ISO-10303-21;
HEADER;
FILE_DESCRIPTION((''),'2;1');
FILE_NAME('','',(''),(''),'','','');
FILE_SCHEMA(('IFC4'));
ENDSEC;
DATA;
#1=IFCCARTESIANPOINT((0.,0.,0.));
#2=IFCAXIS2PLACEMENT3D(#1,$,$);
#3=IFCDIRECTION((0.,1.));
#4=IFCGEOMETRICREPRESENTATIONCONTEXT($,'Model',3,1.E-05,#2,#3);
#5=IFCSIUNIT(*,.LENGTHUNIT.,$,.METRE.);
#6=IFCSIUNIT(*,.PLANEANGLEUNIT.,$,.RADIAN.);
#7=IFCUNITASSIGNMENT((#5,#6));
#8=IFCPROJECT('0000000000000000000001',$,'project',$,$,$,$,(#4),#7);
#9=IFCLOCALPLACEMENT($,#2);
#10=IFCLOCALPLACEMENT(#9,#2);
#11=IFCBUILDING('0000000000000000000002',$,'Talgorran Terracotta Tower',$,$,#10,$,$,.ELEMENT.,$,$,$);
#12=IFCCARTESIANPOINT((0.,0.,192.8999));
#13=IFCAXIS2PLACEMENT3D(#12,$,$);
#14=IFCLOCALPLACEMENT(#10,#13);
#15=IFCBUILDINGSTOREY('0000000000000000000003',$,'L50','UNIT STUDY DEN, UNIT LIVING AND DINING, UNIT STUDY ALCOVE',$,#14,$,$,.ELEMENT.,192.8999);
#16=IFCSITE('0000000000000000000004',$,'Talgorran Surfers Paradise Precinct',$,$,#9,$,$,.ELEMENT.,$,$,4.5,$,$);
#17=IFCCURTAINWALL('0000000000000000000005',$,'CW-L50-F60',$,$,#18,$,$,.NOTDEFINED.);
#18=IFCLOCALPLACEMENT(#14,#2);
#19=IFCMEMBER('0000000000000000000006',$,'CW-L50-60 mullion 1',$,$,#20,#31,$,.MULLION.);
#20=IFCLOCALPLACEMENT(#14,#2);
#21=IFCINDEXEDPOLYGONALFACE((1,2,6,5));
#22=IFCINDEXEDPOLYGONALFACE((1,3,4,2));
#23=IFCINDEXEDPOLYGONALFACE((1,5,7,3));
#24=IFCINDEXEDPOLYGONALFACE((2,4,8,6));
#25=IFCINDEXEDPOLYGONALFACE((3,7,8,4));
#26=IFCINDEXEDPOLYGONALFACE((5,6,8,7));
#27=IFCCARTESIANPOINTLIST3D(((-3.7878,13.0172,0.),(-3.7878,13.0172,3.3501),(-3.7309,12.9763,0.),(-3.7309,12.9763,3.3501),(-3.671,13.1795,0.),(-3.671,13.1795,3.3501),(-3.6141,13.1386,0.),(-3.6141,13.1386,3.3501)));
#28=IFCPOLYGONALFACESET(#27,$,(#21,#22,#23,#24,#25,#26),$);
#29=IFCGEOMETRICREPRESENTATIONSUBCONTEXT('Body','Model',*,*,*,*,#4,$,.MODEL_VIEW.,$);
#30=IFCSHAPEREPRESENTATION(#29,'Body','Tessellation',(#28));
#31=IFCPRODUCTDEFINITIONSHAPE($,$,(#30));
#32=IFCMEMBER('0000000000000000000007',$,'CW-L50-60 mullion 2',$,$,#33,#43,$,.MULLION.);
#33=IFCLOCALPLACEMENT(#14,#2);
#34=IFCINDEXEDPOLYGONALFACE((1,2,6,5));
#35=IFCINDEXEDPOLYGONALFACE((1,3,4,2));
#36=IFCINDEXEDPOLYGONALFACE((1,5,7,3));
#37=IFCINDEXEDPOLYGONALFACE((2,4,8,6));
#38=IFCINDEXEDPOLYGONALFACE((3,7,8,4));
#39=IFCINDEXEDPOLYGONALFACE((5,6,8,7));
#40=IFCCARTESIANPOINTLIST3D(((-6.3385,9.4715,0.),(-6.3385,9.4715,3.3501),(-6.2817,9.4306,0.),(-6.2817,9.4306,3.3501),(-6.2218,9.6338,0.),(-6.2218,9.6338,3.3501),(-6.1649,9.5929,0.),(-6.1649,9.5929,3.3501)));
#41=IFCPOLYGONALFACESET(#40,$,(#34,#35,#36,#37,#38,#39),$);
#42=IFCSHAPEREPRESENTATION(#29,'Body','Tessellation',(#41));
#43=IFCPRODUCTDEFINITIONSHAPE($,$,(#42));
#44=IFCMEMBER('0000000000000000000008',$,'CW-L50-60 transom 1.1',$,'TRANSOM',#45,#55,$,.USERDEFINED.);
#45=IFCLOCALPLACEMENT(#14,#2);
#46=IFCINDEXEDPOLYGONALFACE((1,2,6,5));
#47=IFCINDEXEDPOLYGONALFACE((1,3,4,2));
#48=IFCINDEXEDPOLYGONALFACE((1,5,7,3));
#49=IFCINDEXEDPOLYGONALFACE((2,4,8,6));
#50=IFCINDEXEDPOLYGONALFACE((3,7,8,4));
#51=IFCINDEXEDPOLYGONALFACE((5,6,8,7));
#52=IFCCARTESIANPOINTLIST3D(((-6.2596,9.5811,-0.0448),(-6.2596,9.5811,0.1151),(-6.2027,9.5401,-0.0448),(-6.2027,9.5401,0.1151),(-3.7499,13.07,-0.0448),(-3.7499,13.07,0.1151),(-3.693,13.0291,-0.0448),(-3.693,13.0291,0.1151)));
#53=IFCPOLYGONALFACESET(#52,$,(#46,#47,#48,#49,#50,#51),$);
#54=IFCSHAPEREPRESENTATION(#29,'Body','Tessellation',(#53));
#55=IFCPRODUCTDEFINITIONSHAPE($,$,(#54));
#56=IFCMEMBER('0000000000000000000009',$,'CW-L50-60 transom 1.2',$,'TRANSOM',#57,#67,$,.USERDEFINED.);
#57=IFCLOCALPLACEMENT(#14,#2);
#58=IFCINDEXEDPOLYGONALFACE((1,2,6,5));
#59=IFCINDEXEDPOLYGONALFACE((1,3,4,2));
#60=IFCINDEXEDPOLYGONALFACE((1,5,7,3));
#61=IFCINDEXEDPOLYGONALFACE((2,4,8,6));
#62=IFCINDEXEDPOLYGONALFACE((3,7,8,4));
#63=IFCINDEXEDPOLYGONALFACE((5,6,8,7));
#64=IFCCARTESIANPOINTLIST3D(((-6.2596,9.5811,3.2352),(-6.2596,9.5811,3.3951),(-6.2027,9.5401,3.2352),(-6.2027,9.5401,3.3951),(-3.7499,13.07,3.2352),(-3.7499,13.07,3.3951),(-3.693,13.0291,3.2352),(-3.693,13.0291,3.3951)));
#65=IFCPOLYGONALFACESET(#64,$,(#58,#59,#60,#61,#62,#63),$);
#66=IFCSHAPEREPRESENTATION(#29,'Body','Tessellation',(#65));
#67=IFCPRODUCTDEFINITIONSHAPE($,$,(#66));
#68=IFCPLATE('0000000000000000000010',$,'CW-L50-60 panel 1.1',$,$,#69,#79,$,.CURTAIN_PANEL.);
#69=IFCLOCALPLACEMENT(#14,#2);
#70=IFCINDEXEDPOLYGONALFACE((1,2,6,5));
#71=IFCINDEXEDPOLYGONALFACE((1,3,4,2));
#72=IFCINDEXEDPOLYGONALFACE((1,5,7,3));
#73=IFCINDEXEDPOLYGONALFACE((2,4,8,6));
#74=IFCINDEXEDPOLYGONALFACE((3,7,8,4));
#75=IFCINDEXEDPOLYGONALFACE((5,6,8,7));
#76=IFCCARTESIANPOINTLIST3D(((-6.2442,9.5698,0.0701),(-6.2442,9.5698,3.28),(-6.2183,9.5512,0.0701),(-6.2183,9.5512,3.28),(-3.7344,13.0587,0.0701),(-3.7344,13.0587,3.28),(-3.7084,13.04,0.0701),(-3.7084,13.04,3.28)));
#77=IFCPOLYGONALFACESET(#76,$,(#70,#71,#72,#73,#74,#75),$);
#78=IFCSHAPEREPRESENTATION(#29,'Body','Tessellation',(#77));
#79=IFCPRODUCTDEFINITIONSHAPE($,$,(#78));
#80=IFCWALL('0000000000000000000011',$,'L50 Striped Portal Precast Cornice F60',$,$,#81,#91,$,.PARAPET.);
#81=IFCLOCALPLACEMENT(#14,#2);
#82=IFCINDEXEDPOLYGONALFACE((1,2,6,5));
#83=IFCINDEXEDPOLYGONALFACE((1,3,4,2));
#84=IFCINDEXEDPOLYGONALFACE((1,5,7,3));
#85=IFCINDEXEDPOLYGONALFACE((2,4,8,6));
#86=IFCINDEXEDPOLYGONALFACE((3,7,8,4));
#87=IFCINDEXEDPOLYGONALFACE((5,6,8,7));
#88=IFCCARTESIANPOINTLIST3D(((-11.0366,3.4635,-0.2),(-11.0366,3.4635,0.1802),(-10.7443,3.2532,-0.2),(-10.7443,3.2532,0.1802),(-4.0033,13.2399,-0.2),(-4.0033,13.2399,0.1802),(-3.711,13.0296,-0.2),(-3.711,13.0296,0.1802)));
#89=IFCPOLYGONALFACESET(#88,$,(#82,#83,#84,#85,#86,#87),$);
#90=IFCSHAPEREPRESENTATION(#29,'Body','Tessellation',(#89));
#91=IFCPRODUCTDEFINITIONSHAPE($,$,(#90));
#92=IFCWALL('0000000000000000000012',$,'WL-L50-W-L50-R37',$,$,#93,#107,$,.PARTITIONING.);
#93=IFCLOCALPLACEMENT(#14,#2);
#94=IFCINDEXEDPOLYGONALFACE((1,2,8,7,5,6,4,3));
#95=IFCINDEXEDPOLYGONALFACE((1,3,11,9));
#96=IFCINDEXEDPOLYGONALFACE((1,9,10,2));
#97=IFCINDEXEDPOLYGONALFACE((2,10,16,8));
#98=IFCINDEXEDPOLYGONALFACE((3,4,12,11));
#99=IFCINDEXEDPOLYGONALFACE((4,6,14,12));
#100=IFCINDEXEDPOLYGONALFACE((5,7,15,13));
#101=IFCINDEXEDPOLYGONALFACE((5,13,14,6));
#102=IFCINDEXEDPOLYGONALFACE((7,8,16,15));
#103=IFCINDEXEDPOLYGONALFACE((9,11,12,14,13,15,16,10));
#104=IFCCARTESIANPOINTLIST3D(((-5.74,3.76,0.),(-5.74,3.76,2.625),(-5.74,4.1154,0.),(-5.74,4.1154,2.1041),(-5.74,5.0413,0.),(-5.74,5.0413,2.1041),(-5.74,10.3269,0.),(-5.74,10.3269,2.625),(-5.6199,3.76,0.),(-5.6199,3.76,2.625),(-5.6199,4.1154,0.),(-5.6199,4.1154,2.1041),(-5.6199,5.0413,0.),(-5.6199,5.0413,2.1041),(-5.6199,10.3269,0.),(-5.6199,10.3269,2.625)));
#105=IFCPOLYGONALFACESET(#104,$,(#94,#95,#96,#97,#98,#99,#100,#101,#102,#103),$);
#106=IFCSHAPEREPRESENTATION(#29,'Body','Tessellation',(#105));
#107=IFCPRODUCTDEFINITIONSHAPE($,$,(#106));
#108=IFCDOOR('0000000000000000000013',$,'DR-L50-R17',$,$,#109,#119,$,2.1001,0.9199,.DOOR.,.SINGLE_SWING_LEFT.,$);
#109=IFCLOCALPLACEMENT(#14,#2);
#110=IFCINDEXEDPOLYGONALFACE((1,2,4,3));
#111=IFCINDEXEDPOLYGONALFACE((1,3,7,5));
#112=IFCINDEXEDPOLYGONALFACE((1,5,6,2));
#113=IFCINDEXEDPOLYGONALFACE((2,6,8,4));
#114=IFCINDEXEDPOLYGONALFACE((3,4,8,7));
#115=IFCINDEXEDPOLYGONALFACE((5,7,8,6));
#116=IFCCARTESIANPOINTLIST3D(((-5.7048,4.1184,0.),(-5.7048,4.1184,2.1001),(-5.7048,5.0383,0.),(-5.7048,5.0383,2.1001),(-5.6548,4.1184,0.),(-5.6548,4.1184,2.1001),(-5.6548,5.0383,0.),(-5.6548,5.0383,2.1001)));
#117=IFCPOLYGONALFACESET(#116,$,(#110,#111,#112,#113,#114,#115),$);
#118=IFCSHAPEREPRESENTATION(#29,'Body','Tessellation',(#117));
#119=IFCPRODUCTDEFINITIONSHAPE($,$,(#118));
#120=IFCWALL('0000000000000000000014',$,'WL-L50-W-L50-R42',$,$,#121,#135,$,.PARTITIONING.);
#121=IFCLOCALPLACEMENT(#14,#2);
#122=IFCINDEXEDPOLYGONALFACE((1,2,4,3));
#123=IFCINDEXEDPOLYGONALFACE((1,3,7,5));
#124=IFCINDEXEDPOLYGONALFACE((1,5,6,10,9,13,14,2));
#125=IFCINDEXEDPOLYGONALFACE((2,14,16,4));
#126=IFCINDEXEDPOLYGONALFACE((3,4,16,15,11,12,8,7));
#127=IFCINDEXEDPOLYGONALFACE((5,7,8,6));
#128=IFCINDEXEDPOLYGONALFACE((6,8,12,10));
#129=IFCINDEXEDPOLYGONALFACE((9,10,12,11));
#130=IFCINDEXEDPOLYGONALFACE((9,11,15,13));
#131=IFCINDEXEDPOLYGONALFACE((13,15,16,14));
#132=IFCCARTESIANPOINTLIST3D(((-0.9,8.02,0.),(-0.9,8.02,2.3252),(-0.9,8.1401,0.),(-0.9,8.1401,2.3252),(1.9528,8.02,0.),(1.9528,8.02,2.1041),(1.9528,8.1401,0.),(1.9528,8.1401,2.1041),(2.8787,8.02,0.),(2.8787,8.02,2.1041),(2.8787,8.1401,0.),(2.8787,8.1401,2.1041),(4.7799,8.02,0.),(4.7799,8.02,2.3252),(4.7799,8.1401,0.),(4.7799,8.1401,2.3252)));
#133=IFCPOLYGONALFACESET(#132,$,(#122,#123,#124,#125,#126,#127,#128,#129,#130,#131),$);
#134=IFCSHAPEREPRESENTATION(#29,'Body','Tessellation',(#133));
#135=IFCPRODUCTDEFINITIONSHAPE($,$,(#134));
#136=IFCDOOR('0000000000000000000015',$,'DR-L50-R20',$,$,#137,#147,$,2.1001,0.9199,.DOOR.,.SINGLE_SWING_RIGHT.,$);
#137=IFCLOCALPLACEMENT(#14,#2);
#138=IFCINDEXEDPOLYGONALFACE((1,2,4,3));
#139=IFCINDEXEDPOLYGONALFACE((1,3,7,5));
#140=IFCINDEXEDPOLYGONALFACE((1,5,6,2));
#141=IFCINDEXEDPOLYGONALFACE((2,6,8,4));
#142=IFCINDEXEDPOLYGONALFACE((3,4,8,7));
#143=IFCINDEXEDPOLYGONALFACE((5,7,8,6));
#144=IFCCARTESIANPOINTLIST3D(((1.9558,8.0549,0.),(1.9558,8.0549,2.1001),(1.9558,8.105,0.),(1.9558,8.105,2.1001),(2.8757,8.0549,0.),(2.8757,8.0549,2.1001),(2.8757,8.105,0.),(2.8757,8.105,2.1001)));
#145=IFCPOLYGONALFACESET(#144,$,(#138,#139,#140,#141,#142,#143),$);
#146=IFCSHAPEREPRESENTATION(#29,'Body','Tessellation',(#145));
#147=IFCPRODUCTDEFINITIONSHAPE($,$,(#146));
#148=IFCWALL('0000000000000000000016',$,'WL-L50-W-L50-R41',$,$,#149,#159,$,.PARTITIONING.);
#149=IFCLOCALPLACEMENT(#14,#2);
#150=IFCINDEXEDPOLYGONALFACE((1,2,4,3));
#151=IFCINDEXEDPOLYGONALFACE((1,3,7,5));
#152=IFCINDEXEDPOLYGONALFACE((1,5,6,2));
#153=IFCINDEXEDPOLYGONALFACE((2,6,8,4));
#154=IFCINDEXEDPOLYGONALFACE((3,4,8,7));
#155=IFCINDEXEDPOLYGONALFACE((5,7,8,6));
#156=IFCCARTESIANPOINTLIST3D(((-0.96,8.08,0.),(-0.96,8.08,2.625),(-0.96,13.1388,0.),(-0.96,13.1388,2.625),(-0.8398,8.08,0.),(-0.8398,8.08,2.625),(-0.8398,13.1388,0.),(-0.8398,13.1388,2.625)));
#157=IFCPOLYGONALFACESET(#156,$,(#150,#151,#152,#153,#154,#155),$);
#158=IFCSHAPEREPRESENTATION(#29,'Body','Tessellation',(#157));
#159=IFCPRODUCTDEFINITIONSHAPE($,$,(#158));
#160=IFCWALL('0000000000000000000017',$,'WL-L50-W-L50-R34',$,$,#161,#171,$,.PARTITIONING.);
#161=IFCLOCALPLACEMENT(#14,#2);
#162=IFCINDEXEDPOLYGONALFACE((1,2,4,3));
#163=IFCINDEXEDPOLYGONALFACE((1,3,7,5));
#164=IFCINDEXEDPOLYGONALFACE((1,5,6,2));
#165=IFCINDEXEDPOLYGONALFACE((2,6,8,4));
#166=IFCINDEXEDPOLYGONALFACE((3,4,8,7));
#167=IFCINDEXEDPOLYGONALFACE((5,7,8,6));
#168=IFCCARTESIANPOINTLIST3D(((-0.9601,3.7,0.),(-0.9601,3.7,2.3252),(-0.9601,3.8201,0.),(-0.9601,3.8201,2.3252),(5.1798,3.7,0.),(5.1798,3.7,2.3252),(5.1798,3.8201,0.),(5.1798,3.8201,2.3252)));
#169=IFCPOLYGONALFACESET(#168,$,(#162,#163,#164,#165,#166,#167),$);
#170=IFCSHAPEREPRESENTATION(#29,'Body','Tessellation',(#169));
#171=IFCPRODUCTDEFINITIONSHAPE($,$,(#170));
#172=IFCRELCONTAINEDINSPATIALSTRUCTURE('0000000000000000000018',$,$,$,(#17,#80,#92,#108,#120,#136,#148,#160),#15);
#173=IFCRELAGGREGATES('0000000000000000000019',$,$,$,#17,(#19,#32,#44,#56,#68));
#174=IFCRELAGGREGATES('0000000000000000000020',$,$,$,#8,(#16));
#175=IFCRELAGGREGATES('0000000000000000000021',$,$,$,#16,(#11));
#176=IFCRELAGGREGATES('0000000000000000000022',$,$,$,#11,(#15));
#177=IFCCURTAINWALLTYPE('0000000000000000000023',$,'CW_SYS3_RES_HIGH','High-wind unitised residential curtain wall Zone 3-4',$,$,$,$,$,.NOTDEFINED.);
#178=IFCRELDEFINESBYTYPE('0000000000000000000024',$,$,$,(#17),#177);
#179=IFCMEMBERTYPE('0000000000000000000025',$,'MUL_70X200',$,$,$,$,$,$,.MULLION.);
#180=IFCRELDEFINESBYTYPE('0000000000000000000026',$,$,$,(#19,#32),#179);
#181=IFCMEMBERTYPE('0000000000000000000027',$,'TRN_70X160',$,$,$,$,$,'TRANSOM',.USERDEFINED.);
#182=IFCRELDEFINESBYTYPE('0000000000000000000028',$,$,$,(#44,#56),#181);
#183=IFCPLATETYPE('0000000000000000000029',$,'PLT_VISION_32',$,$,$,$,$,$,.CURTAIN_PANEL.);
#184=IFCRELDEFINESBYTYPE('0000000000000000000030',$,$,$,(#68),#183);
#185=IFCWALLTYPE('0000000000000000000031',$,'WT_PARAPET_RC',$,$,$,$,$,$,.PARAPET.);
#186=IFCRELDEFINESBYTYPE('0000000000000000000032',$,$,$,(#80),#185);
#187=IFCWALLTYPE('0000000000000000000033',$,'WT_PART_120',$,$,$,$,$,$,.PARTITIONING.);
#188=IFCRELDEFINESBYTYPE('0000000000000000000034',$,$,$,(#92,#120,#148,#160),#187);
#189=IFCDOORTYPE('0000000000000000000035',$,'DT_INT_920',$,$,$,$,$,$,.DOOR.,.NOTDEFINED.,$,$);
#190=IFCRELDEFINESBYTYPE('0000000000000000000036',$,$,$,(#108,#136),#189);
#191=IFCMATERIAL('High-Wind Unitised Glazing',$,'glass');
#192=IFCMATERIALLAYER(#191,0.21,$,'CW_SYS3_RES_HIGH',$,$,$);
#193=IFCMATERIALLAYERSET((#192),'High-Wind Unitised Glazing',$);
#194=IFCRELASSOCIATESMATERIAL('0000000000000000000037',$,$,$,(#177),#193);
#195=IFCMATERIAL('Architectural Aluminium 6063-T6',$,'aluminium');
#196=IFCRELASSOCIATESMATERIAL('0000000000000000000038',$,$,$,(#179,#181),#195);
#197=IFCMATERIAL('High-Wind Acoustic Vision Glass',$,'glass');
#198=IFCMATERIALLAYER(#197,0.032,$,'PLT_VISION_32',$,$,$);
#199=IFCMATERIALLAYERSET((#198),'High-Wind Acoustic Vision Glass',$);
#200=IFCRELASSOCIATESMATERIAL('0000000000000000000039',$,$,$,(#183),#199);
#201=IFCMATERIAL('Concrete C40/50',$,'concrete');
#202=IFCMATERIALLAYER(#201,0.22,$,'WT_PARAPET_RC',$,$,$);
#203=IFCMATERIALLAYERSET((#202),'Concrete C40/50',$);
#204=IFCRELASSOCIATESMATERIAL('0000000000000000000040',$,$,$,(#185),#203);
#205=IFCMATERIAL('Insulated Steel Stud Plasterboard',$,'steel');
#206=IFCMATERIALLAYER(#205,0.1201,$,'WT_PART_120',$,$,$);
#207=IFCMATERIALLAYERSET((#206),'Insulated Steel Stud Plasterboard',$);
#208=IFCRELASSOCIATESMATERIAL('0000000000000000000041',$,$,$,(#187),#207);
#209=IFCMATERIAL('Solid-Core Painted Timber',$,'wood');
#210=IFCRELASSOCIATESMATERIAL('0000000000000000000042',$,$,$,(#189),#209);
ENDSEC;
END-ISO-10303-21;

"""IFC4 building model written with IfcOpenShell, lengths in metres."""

from ifc_helpers import new_model, si_unit, direction, frame, frame_2d, origin, origin_2d, place, context, subcontext, project, spatial, rectangle, extrude, source, transform, mapped, material, layer, layer_set, material_profile, profile_set, type_object, type_shapes, element, fill, aggregate, save


model = new_model("IFC4")

# Units and contexts
model_context = context("Model", 3, precision=1e-05, world=origin(), true_north=direction((0.0, 1.0)))
body_context = subcontext(model_context, "Body", "Model", "MODEL_VIEW")
ifc_project = project(units=[si_unit("LENGTHUNIT", "METRE"), si_unit("PLANEANGLEUNIT", "RADIAN")], contexts=[model_context])

# Site, building, storey
site_placement = place(None, origin())
site = spatial("IfcSite", under=ifc_project, at=site_placement, Name="Talgorran Surfers Paradise Precinct", CompositionType="ELEMENT", RefElevation=4.5)
building_placement = place(site_placement, origin())
building = spatial("IfcBuilding", under=site, at=building_placement, Name="Talgorran Terracotta Tower", CompositionType="ELEMENT")
storey_placement = place(building_placement, frame((0.0, 0.0, 192.8999)))
storey = spatial("IfcBuildingStorey", under=building, at=storey_placement, Name="L50", Description="UNIT STUDY DEN, UNIT LIVING AND DINING, UNIT STUDY ALCOVE", CompositionType="ELEMENT", Elevation=192.8999)

# Shared definitions
ifc_material_1 = material(Name="High-Wind Unitised Glazing", Category="glass")
ifc_layer_1 = layer(ifc_material_1, 0.21, Name="CW_SYS3_RES_HIGH")
ifc_layer_set_1 = layer_set([ifc_layer_1], Name="High-Wind Unitised Glazing")
curtain_wall_type = type_object("IfcCurtainWallType", Name="CW_SYS3_RES_HIGH", Description="High-wind unitised residential curtain wall Zone 3-4", PredefinedType="NOTDEFINED", material=ifc_layer_set_1)
ifc_material_2 = material(Name="Architectural Aluminium 6063-T6", Category="aluminium")
ifc_material_profile_1 = material_profile(ifc_material_2, rectangle(XDim=0.0701, YDim=0.2, at=origin_2d()), Name="CWM70X200")
ifc_profile_set_1 = profile_set([ifc_material_profile_1], Name="Architectural Aluminium 6063-T6")
member_type_1 = type_object("IfcMemberType", Name="MUL_70X200", PredefinedType="MULLION", material=ifc_profile_set_1)

# Curtain wall, members, plate
curtain_wall_1_placement = place(storey_placement, origin())
curtain_wall_1 = element("IfcCurtainWall", 1, at=curtain_wall_1_placement, inside=storey, type_object=curtain_wall_type, Name="CW-L50-F60", PredefinedType="NOTDEFINED")
member_1_placement = place(storey_placement, frame((-3.7009, 13.0779, 0.0), z_axis=(0.0, 0.0, 1.0), x_axis=(0.811769, -0.583978, 0.0)))
member_1 = element("IfcMember", 2, at=member_1_placement, type_object=member_type_1, Name="CW-L50-60 mullion 1", PredefinedType="MULLION", context=body_context, shape_type="SweptSolid", body=[
    extrude(rectangle(XDim=0.0701, YDim=0.2, at=origin_2d()), origin(), (0.0, 0.0, 1.0), 3.3501),
])
member_2_placement = place(storey_placement, frame((-6.2517, 9.5322, 0.0), z_axis=(0.0, 0.0, 1.0), x_axis=(0.811769, -0.583978, 0.0)))
member_2 = element("IfcMember", 3, at=member_2_placement, type_object=member_type_1, Name="CW-L50-60 mullion 2", PredefinedType="MULLION", context=body_context, shape_type="SweptSolid", body=[
    extrude(rectangle(XDim=0.0701, YDim=0.2, at=origin_2d()), origin(), (0.0, 0.0, 1.0), 3.3501),
])
ifc_material_profile_2 = material_profile(ifc_material_2, rectangle(XDim=0.0701, YDim=0.1599, at=origin_2d()), Name="CWT70X160")
ifc_profile_set_2 = profile_set([ifc_material_profile_2], Name="Architectural Aluminium 6063-T6")
member_type_2 = type_object("IfcMemberType", Name="TRN_70X160", ElementType="TRANSOM", PredefinedType="USERDEFINED", material=ifc_profile_set_2)
member_3_placement = place(storey_placement, frame((-3.7214, 13.0496, 0.0352), z_axis=(-0.583949, -0.811791, 0.0), x_axis=(0.811791, -0.583949, 0.0)))
member_3 = element("IfcMember", 4, at=member_3_placement, type_object=member_type_2, Name="CW-L50-60 transom 1.1", ObjectType="TRANSOM", PredefinedType="USERDEFINED", context=body_context, shape_type="SweptSolid", body=[
    extrude(rectangle(XDim=0.0701, YDim=0.1599, at=origin_2d()), origin(), (0.0, 0.0, 1.0), 4.2979),
])
member_4_placement = place(storey_placement, frame((-3.7214, 13.0496, 3.3152), z_axis=(-0.583949, -0.811791, 0.0), x_axis=(0.811791, -0.583949, 0.0)))
member_4 = element("IfcMember", 5, at=member_4_placement, type_object=member_type_2, Name="CW-L50-60 transom 1.2", ObjectType="TRANSOM", PredefinedType="USERDEFINED", context=body_context, shape_type="SweptSolid", body=[
    extrude(rectangle(XDim=0.0701, YDim=0.1599, at=origin_2d()), origin(), (0.0, 0.0, 1.0), 4.2979),
])
ifc_material_3 = material(Name="High-Wind Acoustic Vision Glass", Category="glass")
ifc_layer_2 = layer(ifc_material_3, 0.032, Name="PLT_VISION_32")
ifc_layer_set_2 = layer_set([ifc_layer_2], Name="High-Wind Acoustic Vision Glass")
plate_type = type_object("IfcPlateType", Name="PLT_VISION_32", PredefinedType="CURTAIN_PANEL", material=ifc_layer_set_2)
shared_shape = source(origin(), body_context, "Body", "SweptSolid", [
    extrude(rectangle(XDim=4.2979, YDim=0.032, at=origin_2d()), origin(), (0.0, 0.0, 1.0), 3.21),
])
type_shapes(plate_type, [shared_shape])
plate_placement = place(storey_placement, frame((-4.9763, 11.3049, 0.0701), z_axis=(0.0, 0.0, 1.0), x_axis=(-0.583978, -0.811769, 0.0)))
plate = element("IfcPlate", 6, at=plate_placement, type_object=plate_type, Name="CW-L50-60 panel 1.1", PredefinedType="CURTAIN_PANEL", context=body_context, shape_type="MappedRepresentation", body=[
    mapped(shared_shape, transform((0.0, 0.0, 0.0), scale=1.0)),
])
aggregate(curtain_wall_1, [member_1, member_2, member_3, member_4, plate])

# Wall
ifc_material_4 = material(Name="Concrete C40/50", Category="concrete")
ifc_layer_3 = layer(ifc_material_4, 0.22, Name="WT_PARAPET_RC")
ifc_layer_set_3 = layer_set([ifc_layer_3], Name="Concrete C40/50")
wall_type_1 = type_object("IfcWallType", Name="WT_PARAPET_RC", PredefinedType="PARAPET", material=ifc_layer_set_3)
wall_1_placement = place(storey_placement, frame((-3.8572, 13.1348, -0.2), z_axis=(0.0, 0.0, 1.0), x_axis=(-0.583989, -0.811762, 0.0)))
element("IfcWall", 7, at=wall_1_placement, inside=storey, type_object=wall_type_1, Name="L50 Striped Portal Precast Cornice F60", PredefinedType="PARAPET", context=body_context, shape_type="SweptSolid", body=[
    extrude(rectangle(XDim=12.0435, YDim=0.3601, at=frame_2d((6.0217, 0.0))), origin(), (0.0, 0.0, 1.0), 0.3801),
])

# Walls, openings, doors
ifc_material_5 = material(Name="Insulated Steel Stud Plasterboard", Category="steel")
ifc_layer_4 = layer(ifc_material_5, 0.1201, Name="WT_PART_120")
ifc_layer_set_4 = layer_set([ifc_layer_4], Name="Insulated Steel Stud Plasterboard")
wall_type_2 = type_object("IfcWallType", Name="WT_PART_120", PredefinedType="PARTITIONING", material=ifc_layer_set_4)
wall_2_placement = place(storey_placement, frame((-5.6799, 3.76, 0.0), z_axis=(0.0, 0.0, 1.0), x_axis=(0.0, 1.0, 0.0)))
wall_2 = element("IfcWall", 8, at=wall_2_placement, inside=storey, type_object=wall_type_2, Name="WL-L50-W-L50-R37", PredefinedType="PARTITIONING", context=body_context, shape_type="SweptSolid", body=[
    extrude(rectangle(XDim=6.5669, YDim=0.1201, at=frame_2d((3.2834, 0.0))), origin(), (0.0, 0.0, 1.0), 2.625),
])
opening_1_placement = place(wall_2_placement, frame((0.3584, 0.0, 0.0)))
opening_1 = element("IfcOpeningElement", 9, at=opening_1_placement, cuts=wall_2, PredefinedType="OPENING", context=body_context, shape_type="SweptSolid", body=[
    extrude(rectangle(XDim=0.9259, YDim=2.1041, at=frame_2d((0.46, 1.052))), frame((0.0, 0.0701, 0.0), z_axis=(0.0, -1.0, 0.0), x_axis=(1.0, 0.0, 0.0)), (0.0, 0.0, 1.0), 0.1401),
])
ifc_material_6 = material(Name="Solid-Core Painted Timber", Category="wood")
door_type = type_object("IfcDoorType", Name="DT_INT_920", OperationType="NOTDEFINED", PredefinedType="DOOR", material=ifc_material_6)
door_1_placement = place(opening_1_placement, origin())
door_1 = element("IfcDoor", 10, at=door_1_placement, inside=storey, type_object=door_type, Name="DR-L50-R17", OperationType="SINGLE_SWING_LEFT", OverallHeight=2.1001, OverallWidth=0.9199, PredefinedType="DOOR", context=body_context, shape_type="SweptSolid", body=[
    extrude(rectangle(XDim=0.9199, YDim=2.1001, at=frame_2d((0.46, 1.05))), frame((0.0, 0.0249, 0.0), z_axis=(0.0, -1.0, 0.0), x_axis=(1.0, 0.0, 0.0)), (0.0, 0.0, 1.0), 0.05),
])
fill(opening_1, door_1)
wall_3_placement = place(storey_placement, frame((-0.8999, 8.0801, 0.0), z_axis=(0.0, 0.0, 1.0), x_axis=(1.0, 0.0, 0.0)))
wall_3 = element("IfcWall", 11, at=wall_3_placement, inside=storey, type_object=wall_type_2, Name="WL-L50-W-L50-R42", PredefinedType="PARTITIONING", context=body_context, shape_type="SweptSolid", body=[
    extrude(rectangle(XDim=5.6799, YDim=0.1201, at=frame_2d((2.8398, 0.0))), origin(), (0.0, 0.0, 1.0), 2.3252),
])
opening_2_placement = place(wall_3_placement, frame((2.8557, 0.0, 0.0)))
opening_2 = element("IfcOpeningElement", 12, at=opening_2_placement, cuts=wall_3, PredefinedType="OPENING", context=body_context, shape_type="SweptSolid", body=[
    extrude(rectangle(XDim=0.9259, YDim=2.1041, at=frame_2d((0.46, 1.052))), frame((0.0, 0.0701, 0.0), z_axis=(0.0, -1.0, 0.0), x_axis=(1.0, 0.0, 0.0)), (0.0, 0.0, 1.0), 0.1401),
])
door_2_placement = place(opening_2_placement, origin())
door_2 = element("IfcDoor", 13, at=door_2_placement, inside=storey, type_object=door_type, Name="DR-L50-R20", OperationType="SINGLE_SWING_RIGHT", OverallHeight=2.1001, OverallWidth=0.9199, PredefinedType="DOOR", context=body_context, shape_type="SweptSolid", body=[
    extrude(rectangle(XDim=0.9199, YDim=2.1001, at=frame_2d((0.46, 1.05))), frame((0.0, 0.0249, 0.0), z_axis=(0.0, -1.0, 0.0), x_axis=(1.0, 0.0, 0.0)), (0.0, 0.0, 1.0), 0.05),
])
fill(opening_2, door_2)

# Walls
wall_4_placement = place(storey_placement, frame((-0.8999, 8.0801, 0.0), z_axis=(0.0, 0.0, 1.0), x_axis=(0.0, 1.0, 0.0)))
element("IfcWall", 14, at=wall_4_placement, inside=storey, type_object=wall_type_2, Name="WL-L50-W-L50-R41", PredefinedType="PARTITIONING", context=body_context, shape_type="SweptSolid", body=[
    extrude(rectangle(XDim=5.0588, YDim=0.1201, at=frame_2d((2.5293, 0.0))), origin(), (0.0, 0.0, 1.0), 2.625),
])
wall_5_placement = place(storey_placement, frame((-0.96, 3.76, 0.0), z_axis=(0.0, 0.0, 1.0), x_axis=(1.0, 0.0, 0.0)))
element("IfcWall", 15, at=wall_5_placement, inside=storey, type_object=wall_type_2, Name="WL-L50-W-L50-R34", PredefinedType="PARTITIONING", context=body_context, shape_type="SweptSolid", body=[
    extrude(rectangle(XDim=6.1399, YDim=0.1201, at=frame_2d((3.0698, 0.0))), origin(), (0.0, 0.0, 1.0), 2.3252),
])

save(model, "model.ifc")
